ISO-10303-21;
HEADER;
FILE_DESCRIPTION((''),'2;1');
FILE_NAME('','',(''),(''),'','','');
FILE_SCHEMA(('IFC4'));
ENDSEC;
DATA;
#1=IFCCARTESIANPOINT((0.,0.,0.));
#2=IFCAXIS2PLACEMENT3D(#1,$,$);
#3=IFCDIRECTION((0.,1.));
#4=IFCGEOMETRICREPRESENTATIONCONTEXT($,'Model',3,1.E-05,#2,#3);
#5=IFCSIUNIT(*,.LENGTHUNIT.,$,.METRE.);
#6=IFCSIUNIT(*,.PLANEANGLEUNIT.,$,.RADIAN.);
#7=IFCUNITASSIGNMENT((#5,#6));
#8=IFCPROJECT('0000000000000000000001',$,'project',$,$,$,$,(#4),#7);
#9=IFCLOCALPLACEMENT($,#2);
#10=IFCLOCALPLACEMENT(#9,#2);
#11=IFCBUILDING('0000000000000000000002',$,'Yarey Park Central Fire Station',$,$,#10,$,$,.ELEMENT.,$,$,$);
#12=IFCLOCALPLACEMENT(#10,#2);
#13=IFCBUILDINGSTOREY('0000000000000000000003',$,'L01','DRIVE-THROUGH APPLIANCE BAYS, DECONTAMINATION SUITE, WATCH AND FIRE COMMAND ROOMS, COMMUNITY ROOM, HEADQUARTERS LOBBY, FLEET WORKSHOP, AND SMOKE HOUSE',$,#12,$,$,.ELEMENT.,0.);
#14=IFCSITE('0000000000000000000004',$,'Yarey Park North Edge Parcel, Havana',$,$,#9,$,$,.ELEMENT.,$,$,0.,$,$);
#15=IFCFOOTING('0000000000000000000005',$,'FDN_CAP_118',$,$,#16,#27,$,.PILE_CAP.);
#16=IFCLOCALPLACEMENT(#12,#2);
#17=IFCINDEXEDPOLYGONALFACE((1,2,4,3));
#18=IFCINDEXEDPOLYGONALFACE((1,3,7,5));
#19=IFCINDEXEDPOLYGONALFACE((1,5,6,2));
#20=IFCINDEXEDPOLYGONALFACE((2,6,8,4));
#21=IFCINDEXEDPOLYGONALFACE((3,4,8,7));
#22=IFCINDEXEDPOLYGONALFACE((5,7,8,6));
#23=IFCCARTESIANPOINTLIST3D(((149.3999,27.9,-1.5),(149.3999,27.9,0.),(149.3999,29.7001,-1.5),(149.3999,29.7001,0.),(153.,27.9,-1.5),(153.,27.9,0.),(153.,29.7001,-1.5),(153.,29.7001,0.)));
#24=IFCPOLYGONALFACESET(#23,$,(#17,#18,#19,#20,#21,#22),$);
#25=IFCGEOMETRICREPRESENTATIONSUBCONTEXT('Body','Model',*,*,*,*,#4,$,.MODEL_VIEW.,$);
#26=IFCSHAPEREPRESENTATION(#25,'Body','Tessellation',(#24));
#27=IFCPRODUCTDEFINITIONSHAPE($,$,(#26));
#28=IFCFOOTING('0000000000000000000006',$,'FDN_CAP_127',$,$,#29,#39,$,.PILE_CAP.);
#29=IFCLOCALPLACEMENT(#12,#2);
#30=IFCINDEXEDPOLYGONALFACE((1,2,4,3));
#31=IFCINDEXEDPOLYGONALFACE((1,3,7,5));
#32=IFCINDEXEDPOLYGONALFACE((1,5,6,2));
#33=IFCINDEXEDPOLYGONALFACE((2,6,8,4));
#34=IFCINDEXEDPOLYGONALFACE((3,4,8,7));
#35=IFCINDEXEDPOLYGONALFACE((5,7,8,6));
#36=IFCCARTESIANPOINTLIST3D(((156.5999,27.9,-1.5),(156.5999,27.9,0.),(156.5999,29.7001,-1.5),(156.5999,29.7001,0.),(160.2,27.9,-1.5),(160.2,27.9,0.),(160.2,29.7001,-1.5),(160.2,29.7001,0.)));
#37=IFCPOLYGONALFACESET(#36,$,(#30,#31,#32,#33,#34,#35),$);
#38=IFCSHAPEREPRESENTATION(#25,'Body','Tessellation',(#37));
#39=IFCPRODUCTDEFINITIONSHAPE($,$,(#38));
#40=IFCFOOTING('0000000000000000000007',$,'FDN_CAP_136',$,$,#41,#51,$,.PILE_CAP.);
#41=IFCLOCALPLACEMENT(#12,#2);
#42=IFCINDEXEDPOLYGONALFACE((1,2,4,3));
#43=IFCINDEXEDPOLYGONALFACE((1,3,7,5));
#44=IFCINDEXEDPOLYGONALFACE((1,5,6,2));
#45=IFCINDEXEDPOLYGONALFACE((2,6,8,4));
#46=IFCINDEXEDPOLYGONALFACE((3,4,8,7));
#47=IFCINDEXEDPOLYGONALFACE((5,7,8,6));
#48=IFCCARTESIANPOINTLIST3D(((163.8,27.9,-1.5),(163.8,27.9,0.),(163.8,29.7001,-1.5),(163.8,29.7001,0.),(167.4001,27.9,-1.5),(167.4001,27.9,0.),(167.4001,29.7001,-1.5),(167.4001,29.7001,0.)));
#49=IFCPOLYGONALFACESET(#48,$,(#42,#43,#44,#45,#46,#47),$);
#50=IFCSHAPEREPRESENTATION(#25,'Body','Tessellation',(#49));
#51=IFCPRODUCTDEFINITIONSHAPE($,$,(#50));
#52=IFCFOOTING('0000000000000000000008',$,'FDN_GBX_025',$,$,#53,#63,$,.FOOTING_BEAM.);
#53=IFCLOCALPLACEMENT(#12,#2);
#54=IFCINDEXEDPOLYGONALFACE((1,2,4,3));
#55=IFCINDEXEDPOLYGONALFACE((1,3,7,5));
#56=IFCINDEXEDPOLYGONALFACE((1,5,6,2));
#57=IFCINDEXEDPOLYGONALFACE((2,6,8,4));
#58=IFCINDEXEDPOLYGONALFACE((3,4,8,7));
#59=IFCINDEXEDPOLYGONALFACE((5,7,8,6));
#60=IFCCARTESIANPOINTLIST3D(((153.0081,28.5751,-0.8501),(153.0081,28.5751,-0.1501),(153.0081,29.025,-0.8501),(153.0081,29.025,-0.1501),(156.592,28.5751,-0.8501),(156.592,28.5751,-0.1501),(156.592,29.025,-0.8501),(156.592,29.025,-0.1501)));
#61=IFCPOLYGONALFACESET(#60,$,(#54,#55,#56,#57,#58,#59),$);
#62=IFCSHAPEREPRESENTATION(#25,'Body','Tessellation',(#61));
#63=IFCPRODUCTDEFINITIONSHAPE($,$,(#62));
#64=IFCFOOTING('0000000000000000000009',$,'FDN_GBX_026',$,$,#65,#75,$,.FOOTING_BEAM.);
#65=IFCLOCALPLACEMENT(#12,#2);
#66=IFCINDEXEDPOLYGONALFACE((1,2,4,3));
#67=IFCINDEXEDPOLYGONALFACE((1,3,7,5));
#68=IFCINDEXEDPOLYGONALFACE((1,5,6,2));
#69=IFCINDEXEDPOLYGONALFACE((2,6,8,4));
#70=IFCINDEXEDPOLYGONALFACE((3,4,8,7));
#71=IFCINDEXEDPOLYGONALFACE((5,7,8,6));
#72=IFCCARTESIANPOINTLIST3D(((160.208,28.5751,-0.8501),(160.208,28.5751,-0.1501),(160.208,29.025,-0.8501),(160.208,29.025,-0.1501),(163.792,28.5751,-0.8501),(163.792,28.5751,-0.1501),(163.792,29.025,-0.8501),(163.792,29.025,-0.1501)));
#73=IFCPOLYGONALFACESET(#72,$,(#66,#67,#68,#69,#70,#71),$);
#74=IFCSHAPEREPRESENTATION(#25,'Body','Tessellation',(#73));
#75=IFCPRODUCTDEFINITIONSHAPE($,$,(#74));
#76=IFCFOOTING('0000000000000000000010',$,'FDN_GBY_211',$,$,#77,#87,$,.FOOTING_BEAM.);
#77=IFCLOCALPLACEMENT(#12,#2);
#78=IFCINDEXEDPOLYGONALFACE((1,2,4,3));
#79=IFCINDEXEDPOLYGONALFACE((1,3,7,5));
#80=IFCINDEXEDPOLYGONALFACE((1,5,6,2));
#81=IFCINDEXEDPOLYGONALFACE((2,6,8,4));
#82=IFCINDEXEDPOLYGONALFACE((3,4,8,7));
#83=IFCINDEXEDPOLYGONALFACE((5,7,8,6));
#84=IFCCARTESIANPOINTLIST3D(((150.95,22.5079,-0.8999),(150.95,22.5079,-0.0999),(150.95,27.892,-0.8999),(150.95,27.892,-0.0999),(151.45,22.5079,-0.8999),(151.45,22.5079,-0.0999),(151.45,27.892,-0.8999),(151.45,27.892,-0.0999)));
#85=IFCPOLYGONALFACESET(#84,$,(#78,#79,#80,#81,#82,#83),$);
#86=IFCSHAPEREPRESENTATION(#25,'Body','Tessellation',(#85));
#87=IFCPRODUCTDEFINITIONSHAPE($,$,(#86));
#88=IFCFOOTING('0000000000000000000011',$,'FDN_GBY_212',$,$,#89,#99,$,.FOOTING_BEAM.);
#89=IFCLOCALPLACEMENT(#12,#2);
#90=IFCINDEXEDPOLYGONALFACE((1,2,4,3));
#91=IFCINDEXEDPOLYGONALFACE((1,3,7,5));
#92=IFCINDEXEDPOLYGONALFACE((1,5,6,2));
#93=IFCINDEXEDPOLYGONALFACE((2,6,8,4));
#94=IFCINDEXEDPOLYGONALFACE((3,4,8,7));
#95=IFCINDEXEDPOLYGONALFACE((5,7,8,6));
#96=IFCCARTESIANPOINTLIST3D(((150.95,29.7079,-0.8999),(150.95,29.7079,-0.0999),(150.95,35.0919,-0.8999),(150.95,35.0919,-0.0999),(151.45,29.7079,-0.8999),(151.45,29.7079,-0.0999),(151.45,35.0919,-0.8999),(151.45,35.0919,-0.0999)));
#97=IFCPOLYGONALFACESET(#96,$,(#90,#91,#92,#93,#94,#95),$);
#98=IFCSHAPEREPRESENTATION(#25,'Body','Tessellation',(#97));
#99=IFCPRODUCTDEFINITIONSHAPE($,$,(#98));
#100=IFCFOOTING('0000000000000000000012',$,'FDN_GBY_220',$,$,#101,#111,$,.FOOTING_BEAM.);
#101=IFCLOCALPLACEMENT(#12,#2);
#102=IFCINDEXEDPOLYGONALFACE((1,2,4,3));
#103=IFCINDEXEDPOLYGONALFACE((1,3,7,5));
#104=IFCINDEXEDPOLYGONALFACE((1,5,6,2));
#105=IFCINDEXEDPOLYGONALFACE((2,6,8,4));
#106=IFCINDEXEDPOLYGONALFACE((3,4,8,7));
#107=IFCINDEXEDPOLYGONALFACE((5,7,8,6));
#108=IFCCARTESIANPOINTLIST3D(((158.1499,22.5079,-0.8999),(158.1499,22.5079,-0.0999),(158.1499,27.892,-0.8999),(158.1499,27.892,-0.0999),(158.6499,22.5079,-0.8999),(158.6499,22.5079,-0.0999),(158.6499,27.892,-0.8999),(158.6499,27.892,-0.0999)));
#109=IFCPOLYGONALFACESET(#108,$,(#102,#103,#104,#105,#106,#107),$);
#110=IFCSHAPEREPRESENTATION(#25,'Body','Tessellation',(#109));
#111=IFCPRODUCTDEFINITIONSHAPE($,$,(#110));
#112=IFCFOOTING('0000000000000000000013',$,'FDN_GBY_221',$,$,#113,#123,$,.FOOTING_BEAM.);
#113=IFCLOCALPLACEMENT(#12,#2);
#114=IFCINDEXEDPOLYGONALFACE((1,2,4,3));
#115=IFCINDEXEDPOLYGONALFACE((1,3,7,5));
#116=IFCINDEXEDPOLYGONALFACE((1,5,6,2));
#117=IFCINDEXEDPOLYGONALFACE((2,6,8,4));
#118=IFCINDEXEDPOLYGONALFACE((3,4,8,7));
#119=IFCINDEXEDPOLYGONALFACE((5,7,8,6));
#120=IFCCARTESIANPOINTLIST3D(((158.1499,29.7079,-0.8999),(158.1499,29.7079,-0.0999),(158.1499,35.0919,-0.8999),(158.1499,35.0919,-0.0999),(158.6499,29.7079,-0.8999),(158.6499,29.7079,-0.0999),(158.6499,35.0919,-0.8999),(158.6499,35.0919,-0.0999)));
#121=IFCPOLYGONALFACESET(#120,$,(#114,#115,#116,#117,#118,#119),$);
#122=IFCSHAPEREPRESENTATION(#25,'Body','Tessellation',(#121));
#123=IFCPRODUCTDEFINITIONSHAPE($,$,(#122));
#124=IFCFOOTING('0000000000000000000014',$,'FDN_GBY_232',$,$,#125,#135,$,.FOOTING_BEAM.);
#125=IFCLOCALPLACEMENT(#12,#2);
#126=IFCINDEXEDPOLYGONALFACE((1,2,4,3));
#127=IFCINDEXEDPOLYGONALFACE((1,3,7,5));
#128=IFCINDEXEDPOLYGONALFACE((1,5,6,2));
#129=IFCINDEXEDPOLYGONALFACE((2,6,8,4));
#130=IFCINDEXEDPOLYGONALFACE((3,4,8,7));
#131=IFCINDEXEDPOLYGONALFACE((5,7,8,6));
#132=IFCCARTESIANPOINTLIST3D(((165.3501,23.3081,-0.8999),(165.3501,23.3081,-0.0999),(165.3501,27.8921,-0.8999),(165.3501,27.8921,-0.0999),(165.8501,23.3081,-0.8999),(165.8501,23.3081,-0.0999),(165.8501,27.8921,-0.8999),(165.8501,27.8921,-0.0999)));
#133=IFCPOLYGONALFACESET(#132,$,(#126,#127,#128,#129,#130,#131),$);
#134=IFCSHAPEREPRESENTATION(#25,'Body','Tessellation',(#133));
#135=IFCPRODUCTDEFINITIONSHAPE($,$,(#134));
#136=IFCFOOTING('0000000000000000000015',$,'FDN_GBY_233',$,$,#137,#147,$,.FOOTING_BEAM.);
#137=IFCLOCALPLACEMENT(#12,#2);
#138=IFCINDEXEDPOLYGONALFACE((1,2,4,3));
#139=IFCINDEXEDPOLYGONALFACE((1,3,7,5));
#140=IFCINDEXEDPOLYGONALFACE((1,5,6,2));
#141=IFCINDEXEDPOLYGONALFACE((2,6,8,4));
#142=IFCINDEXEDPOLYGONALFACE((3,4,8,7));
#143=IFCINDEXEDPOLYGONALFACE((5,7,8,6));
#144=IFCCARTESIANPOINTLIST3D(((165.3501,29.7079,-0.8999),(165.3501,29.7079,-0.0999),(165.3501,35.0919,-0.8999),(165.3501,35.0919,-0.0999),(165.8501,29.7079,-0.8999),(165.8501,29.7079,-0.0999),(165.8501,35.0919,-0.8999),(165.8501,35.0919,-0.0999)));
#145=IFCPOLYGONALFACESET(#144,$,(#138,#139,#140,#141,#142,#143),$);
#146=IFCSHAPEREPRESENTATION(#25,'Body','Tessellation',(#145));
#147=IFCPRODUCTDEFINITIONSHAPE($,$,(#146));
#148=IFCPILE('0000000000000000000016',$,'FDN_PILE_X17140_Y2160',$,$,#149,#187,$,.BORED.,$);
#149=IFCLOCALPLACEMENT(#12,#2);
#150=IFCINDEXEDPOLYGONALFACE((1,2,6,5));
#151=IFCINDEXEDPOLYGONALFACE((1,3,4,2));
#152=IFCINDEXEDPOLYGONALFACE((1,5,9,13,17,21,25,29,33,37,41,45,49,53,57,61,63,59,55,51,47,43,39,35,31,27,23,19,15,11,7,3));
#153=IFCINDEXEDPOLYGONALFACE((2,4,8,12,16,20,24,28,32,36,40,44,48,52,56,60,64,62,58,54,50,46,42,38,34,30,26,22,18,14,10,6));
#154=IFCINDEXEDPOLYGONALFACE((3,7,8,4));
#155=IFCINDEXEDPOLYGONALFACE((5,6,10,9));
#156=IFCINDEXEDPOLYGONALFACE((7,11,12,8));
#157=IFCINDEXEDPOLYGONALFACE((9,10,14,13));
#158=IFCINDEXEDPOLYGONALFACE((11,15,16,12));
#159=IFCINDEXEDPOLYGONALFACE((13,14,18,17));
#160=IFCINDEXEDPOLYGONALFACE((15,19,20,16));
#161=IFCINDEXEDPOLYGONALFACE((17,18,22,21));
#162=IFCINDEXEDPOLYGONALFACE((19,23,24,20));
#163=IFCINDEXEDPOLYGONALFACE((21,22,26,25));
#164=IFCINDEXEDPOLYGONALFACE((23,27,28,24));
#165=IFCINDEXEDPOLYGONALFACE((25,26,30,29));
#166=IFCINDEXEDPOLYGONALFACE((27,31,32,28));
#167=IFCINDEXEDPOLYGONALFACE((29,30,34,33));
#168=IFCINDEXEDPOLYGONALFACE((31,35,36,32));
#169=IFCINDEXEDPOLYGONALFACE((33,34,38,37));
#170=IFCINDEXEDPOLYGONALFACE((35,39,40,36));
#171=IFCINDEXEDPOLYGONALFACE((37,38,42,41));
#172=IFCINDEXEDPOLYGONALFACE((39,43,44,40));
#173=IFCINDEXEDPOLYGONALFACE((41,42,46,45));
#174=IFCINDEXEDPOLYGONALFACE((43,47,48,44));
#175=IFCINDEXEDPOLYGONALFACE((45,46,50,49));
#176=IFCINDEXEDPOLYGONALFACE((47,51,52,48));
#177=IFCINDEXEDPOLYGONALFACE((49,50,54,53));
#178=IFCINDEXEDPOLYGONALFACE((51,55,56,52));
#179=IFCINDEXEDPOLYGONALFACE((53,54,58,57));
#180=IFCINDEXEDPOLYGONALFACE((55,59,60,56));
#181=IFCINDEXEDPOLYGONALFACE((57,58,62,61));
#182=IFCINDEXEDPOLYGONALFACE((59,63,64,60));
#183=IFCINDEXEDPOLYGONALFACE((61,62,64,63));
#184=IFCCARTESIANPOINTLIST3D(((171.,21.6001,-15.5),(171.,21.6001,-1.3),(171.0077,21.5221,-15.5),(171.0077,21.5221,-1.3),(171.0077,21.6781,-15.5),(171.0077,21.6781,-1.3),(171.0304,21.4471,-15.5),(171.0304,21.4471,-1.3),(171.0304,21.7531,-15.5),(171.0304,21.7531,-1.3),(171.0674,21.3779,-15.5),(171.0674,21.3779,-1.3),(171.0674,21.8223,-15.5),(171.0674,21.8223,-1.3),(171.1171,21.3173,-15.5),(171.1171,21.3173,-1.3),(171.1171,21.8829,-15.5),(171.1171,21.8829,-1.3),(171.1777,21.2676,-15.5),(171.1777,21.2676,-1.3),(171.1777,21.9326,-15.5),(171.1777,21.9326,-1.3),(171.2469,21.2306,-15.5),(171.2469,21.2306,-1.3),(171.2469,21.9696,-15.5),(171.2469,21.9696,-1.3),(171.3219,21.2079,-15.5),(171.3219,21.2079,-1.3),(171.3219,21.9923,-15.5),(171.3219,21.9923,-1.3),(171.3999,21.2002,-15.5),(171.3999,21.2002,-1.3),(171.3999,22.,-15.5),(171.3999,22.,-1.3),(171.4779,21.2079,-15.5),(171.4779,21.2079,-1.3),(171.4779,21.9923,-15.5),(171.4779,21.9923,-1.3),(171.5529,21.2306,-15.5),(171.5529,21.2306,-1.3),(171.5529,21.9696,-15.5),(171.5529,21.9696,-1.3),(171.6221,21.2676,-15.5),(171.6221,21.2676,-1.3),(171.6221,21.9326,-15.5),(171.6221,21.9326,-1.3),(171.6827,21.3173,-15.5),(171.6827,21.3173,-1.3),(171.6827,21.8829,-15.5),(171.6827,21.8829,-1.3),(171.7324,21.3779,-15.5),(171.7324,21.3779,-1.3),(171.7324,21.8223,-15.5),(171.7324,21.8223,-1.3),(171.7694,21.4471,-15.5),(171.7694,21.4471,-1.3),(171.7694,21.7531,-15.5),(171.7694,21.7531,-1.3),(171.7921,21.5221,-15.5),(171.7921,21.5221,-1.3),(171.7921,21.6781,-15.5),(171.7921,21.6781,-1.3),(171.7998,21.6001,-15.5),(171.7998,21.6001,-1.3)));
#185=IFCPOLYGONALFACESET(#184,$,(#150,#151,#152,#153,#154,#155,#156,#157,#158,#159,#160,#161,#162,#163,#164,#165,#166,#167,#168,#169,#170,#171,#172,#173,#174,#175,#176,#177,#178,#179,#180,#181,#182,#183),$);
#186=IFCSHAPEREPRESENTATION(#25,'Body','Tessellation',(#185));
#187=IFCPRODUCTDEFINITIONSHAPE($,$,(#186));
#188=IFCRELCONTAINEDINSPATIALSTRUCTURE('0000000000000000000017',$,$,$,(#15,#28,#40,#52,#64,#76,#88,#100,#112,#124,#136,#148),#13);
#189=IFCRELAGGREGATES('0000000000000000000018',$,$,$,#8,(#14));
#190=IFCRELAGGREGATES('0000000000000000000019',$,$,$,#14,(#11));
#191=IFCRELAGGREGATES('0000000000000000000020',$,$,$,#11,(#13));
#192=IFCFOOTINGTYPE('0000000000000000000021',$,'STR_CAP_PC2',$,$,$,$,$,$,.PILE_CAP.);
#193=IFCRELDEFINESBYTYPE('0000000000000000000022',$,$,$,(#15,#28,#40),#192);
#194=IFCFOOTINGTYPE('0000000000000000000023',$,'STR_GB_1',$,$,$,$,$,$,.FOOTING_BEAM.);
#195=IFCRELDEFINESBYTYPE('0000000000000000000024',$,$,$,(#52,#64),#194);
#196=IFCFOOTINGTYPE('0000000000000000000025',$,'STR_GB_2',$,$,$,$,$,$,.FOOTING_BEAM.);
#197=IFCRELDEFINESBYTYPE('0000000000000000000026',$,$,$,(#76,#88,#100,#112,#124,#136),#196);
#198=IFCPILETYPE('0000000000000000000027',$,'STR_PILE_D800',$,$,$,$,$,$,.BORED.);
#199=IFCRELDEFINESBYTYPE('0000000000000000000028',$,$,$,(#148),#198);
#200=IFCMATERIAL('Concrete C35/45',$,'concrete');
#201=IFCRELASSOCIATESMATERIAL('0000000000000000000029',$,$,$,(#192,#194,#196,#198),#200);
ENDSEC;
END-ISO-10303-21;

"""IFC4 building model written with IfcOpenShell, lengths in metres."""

from ifc_helpers import new_model, si_unit, direction, frame, origin, origin_2d, place, context, subcontext, project, spatial, rectangle, circle, extrude, material, material_profile, profile_set, type_object, element, save


model = new_model("IFC4")

# Units and contexts
model_context = context("Model", 3, precision=1e-05, world=origin(), true_north=direction((0.0, 1.0)))
body_context = subcontext(model_context, "Body", "Model", "MODEL_VIEW")
ifc_project = project(units=[si_unit("LENGTHUNIT", "METRE"), si_unit("PLANEANGLEUNIT", "RADIAN")], contexts=[model_context])

# Site, building, storey
site_placement = place(None, origin())
site = spatial("IfcSite", under=ifc_project, at=site_placement, Name="Yarey Park North Edge Parcel, Havana", CompositionType="ELEMENT", RefElevation=0.0)
building_placement = place(site_placement, origin())
building = spatial("IfcBuilding", under=site, at=building_placement, Name="Yarey Park Central Fire Station", CompositionType="ELEMENT")
storey_placement = place(building_placement, origin())
storey = spatial("IfcBuildingStorey", under=building, at=storey_placement, Name="L01", Description="DRIVE-THROUGH APPLIANCE BAYS, DECONTAMINATION SUITE, WATCH AND FIRE COMMAND ROOMS, COMMUNITY ROOM, HEADQUARTERS LOBBY, FLEET WORKSHOP, AND SMOKE HOUSE", CompositionType="ELEMENT", Elevation=0.0)

# Footings
ifc_material_1 = material(Name="Concrete C35/45", Category="concrete")
footing_type_1 = type_object("IfcFootingType", Name="STR_CAP_PC2", PredefinedType="PILE_CAP", material=ifc_material_1)
for number, where, z_axis, x_axis, name in (
    (1, (151.2, 28.8, -1.5), (0.0, 0.0, 1.0), (1.0, 0.0, 0.0), "FDN_CAP_118"),
    (2, (158.3999, 28.8, -1.5), (0.0, 0.0, 1.0), (1.0, 0.0, 0.0), "FDN_CAP_127"),
    (3, (165.6001, 28.8, -1.5), (0.0, 0.0, 1.0), (1.0, 0.0, 0.0), "FDN_CAP_136"),
):
    element("IfcFooting", number, at=place(storey_placement, frame(where, z_axis=z_axis, x_axis=x_axis)), inside=storey, type_object=footing_type_1, Name=name, PredefinedType="PILE_CAP", context=body_context, shape_type="SweptSolid", body=[
        extrude(rectangle(XDim=3.6001, YDim=1.8, at=origin_2d()), origin(), (0.0, 0.0, 1.0), 1.5),
    ])
footing_type_2 = type_object("IfcFootingType", Name="STR_GB_1", PredefinedType="FOOTING_BEAM", material=ifc_material_1)
for number, where, z_axis, x_axis, name in (
    (4, (154.8, 28.8, -0.8501), (0.0, 0.0, 1.0), (1.0, 0.0, 0.0), "FDN_GBX_025"),
    (5, (162.0, 28.8, -0.8501), (0.0, 0.0, 1.0), (1.0, 0.0, 0.0), "FDN_GBX_026"),
):
    element("IfcFooting", number, at=place(storey_placement, frame(where, z_axis=z_axis, x_axis=x_axis)), inside=storey, type_object=footing_type_2, Name=name, PredefinedType="FOOTING_BEAM", context=body_context, shape_type="SweptSolid", body=[
        extrude(rectangle(XDim=3.584, YDim=0.45, at=origin_2d()), origin(), (0.0, 0.0, 1.0), 0.7),
    ])
footing_type_3 = type_object("IfcFootingType", Name="STR_GB_2", PredefinedType="FOOTING_BEAM", material=ifc_material_1)
for number, where, z_axis, x_axis, name in (
    (6, (151.2, 25.2, -0.8999), (0.0, 0.0, 1.0), (1.0, 0.0, 0.0), "FDN_GBY_211"),
    (7, (151.2, 32.3999, -0.8999), (0.0, 0.0, 1.0), (1.0, 0.0, 0.0), "FDN_GBY_212"),
    (8, (158.3999, 25.2, -0.8999), (0.0, 0.0, 1.0), (1.0, 0.0, 0.0), "FDN_GBY_220"),
    (9, (158.3999, 32.3999, -0.8999), (0.0, 0.0, 1.0), (1.0, 0.0, 0.0), "FDN_GBY_221"),
):
    element("IfcFooting", number, at=place(storey_placement, frame(where, z_axis=z_axis, x_axis=x_axis)), inside=storey, type_object=footing_type_3, Name=name, PredefinedType="FOOTING_BEAM", context=body_context, shape_type="SweptSolid", body=[
        extrude(rectangle(XDim=0.5, YDim=5.384, at=origin_2d()), origin(), (0.0, 0.0, 1.0), 0.8),
    ])
footing_1_placement = place(storey_placement, frame((165.6001, 25.6001, -0.8999), z_axis=(0.0, 0.0, 1.0), x_axis=(1.0, 0.0, 0.0)))
element("IfcFooting", 10, at=footing_1_placement, inside=storey, type_object=footing_type_3, Name="FDN_GBY_232", PredefinedType="FOOTING_BEAM", context=body_context, shape_type="SweptSolid", body=[
    extrude(rectangle(XDim=0.5, YDim=4.584, at=origin_2d()), origin(), (0.0, 0.0, 1.0), 0.8),
])
footing_2_placement = place(storey_placement, frame((165.6001, 32.3999, -0.8999), z_axis=(0.0, 0.0, 1.0), x_axis=(1.0, 0.0, 0.0)))
element("IfcFooting", 11, at=footing_2_placement, inside=storey, type_object=footing_type_3, Name="FDN_GBY_233", PredefinedType="FOOTING_BEAM", context=body_context, shape_type="SweptSolid", body=[
    extrude(rectangle(XDim=0.5, YDim=5.384, at=origin_2d()), origin(), (0.0, 0.0, 1.0), 0.8),
])

# Pile
ifc_material_profile_1 = material_profile(ifc_material_1, circle(Radius=0.3999, at=origin_2d()), Name="BORED PILE D800")
ifc_profile_set_1 = profile_set([ifc_material_profile_1], Name="Concrete C35/45")
pile_type = type_object("IfcPileType", Name="STR_PILE_D800", PredefinedType="BORED", material=ifc_profile_set_1)
for number, where, z_axis, x_axis, name in (
    (12, (171.3999, 21.6001, -1.3), (0.0, 0.0, -1.0), (1.0, 0.0, 0.0), "FDN_PILE_X17140_Y2160"),
):
    element("IfcPile", number, at=place(storey_placement, frame(where, z_axis=z_axis, x_axis=x_axis)), inside=storey, type_object=pile_type, Name=name, PredefinedType="BORED", context=body_context, shape_type="SweptSolid", body=[
        extrude(circle(Radius=0.3999, at=origin_2d()), origin(), (0.0, 0.0, 1.0), 14.2),
    ])

save(model, "model.ifc")
